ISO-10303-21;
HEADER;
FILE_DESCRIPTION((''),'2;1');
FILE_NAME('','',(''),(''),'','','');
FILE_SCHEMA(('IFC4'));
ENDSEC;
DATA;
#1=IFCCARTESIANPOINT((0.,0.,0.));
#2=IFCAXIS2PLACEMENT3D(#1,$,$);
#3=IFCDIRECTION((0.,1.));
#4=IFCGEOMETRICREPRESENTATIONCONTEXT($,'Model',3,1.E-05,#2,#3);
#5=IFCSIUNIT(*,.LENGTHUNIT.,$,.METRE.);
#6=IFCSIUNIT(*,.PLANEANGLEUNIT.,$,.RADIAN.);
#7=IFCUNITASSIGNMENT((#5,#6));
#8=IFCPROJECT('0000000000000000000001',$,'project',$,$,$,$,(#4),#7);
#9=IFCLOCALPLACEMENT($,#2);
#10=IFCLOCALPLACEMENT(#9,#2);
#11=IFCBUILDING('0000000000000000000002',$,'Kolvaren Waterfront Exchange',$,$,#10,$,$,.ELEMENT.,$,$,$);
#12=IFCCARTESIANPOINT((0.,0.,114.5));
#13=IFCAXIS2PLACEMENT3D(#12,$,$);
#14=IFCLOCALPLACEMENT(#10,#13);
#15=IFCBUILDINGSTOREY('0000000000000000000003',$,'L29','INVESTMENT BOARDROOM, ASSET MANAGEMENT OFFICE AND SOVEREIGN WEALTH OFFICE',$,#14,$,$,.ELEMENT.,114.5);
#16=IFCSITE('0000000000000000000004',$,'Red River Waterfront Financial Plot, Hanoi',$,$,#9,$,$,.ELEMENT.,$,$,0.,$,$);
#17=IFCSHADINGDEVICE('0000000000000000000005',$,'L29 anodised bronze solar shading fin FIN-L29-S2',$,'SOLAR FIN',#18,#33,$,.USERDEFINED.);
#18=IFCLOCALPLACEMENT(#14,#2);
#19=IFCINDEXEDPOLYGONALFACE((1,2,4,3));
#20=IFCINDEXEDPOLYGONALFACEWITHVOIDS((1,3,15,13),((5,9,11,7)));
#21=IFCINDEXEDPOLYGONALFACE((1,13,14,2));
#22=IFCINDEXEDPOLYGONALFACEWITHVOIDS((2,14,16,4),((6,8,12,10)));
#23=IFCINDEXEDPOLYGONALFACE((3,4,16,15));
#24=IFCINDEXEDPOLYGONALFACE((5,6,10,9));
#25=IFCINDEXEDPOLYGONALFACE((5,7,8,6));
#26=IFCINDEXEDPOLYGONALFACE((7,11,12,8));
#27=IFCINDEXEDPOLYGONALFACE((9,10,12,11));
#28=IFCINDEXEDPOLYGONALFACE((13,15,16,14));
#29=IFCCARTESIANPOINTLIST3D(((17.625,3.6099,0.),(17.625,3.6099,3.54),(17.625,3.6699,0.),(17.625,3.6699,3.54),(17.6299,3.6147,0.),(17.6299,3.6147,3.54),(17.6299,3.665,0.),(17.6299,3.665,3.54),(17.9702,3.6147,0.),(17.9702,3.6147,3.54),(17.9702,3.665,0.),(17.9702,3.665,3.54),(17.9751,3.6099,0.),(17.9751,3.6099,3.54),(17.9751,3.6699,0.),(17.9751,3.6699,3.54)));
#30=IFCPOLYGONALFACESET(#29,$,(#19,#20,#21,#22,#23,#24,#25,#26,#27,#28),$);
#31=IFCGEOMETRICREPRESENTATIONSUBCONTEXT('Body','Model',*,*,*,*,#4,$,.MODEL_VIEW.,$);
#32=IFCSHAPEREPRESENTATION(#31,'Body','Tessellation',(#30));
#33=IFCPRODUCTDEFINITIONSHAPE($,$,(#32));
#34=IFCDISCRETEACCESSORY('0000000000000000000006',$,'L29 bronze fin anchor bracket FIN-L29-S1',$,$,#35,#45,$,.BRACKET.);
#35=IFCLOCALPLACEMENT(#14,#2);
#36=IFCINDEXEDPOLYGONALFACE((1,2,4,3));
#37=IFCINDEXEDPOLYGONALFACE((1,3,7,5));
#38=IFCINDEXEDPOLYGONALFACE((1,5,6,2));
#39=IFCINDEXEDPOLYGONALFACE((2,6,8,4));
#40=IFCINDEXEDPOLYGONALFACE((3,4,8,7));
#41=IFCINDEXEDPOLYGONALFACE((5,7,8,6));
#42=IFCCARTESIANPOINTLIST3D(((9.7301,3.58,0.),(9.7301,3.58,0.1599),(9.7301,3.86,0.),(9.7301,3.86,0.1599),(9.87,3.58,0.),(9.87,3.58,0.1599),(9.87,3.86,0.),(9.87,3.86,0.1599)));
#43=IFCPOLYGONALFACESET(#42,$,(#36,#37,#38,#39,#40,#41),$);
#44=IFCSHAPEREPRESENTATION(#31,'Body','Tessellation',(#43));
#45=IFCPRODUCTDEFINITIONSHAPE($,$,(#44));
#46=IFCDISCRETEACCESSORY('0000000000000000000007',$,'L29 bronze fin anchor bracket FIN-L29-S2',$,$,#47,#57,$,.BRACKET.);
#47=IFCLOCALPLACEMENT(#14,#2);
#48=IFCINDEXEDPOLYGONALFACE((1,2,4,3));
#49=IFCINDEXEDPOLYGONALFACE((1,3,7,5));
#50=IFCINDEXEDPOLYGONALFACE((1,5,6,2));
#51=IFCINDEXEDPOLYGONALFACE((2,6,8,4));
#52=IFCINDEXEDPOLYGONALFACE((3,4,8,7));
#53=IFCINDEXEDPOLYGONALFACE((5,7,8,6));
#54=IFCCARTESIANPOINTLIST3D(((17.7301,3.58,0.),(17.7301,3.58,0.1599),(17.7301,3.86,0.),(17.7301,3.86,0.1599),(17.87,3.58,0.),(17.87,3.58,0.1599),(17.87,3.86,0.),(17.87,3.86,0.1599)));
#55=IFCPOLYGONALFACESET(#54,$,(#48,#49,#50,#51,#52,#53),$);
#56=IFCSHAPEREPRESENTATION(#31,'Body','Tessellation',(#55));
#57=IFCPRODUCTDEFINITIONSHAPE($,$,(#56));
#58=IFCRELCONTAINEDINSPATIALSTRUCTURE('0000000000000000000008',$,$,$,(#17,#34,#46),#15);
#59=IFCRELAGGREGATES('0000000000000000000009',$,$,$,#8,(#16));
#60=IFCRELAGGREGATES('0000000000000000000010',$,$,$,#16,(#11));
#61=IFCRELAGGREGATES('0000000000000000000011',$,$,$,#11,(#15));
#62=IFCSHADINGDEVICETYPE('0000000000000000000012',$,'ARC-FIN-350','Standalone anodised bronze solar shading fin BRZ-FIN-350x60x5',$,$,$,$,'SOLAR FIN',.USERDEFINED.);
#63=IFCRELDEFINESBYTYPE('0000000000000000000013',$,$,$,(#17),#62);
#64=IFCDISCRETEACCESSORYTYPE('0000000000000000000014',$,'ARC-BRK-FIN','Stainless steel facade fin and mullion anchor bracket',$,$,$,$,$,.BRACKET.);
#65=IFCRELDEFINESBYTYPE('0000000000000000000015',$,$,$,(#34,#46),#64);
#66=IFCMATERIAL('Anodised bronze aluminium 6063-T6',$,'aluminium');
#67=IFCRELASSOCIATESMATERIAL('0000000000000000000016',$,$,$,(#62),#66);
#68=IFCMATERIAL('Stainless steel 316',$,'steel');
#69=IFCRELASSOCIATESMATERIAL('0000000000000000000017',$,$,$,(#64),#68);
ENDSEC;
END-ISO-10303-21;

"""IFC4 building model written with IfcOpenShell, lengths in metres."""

from ifc_helpers import new_model, si_unit, direction, frame, origin, origin_with_axes, origin_2d, place, context, subcontext, project, spatial, rectangle, hollow_rectangle, extrude, source, transform, mapped, material, material_profile, profile_set, type_object, element, save


model = new_model("IFC4")

# Units and contexts
model_context = context("Model", 3, precision=1e-05, world=origin(), true_north=direction((0.0, 1.0)))
body_context = subcontext(model_context, "Body", "Model", "MODEL_VIEW")
ifc_project = project(units=[si_unit("LENGTHUNIT", "METRE"), si_unit("PLANEANGLEUNIT", "RADIAN")], contexts=[model_context])

# Site, building, storey
site_placement = place(None, origin())
site = spatial("IfcSite", under=ifc_project, at=site_placement, Name="Red River Waterfront Financial Plot, Hanoi", CompositionType="ELEMENT", RefElevation=0.0)
building_placement = place(site_placement, origin())
building = spatial("IfcBuilding", under=site, at=building_placement, Name="Kolvaren Waterfront Exchange", CompositionType="ELEMENT")
storey_placement = place(building_placement, frame((0.0, 0.0, 114.5)))
storey = spatial("IfcBuildingStorey", under=building, at=storey_placement, Name="L29", Description="INVESTMENT BOARDROOM, ASSET MANAGEMENT OFFICE AND SOVEREIGN WEALTH OFFICE", CompositionType="ELEMENT", Elevation=114.5)

# Shared definitions
ifc_material_1 = material(Name="Anodised bronze aluminium 6063-T6", Category="aluminium")

# Shading device
ifc_material_profile_1 = material_profile(ifc_material_1, hollow_rectangle(XDim=0.0601, YDim=0.3501, WallThickness=0.0049, at=origin_2d()), Name="BRZ-FIN-350x60x5")
ifc_profile_set_1 = profile_set([ifc_material_profile_1], Name="Anodised bronze aluminium 6063-T6")
shading_device_type = type_object("IfcShadingDeviceType", Name="ARC-FIN-350", Description="Standalone anodised bronze solar shading fin BRZ-FIN-350x60x5", ElementType="SOLAR FIN", PredefinedType="USERDEFINED", material=ifc_profile_set_1)
for number, where, z_axis, x_axis, name in (
    (1, (17.8, 3.6399, 0.0), (0.0, 0.0, 1.0), (0.0, -1.0, 0.0), "L29 anodised bronze solar shading fin FIN-L29-S2"),
):
    element("IfcShadingDevice", number, at=place(storey_placement, frame(where, z_axis=z_axis, x_axis=x_axis)), inside=storey, type_object=shading_device_type, Name=name, ObjectType="SOLAR FIN", PredefinedType="USERDEFINED", context=body_context, shape_type="SweptSolid", body=[
        extrude(hollow_rectangle(XDim=0.0601, YDim=0.3501, WallThickness=0.0049, at=origin_2d()), origin(), (0.0, 0.0, 1.0), 3.54),
    ])

# Discrete accessories
ifc_material_2 = material(Name="Stainless steel 316", Category="steel")
discrete_accessory_type = type_object("IfcDiscreteAccessoryType", Name="ARC-BRK-FIN", Description="Stainless steel facade fin and mullion anchor bracket", PredefinedType="BRACKET", material=ifc_material_2)
shared_shape_1 = source(origin_with_axes(), body_context, "Body", "SweptSolid", [
    extrude(rectangle(XDim=0.28, YDim=0.1399, at=origin_2d()), origin(), (0.0, 0.0, 1.0), 0.1599),
])
for number, where, z_axis, x_axis, name in (
    (2, (9.8, 3.72, 0.0), (0.0, 0.0, 1.0), (0.0, -1.0, 0.0), "L29 bronze fin anchor bracket FIN-L29-S1"),
    (3, (17.8, 3.72, 0.0), (0.0, 0.0, 1.0), (0.0, -1.0, 0.0), "L29 bronze fin anchor bracket FIN-L29-S2"),
):
    element("IfcDiscreteAccessory", number, at=place(storey_placement, frame(where, z_axis=z_axis, x_axis=x_axis)), inside=storey, type_object=discrete_accessory_type, Name=name, PredefinedType="BRACKET", context=body_context, shape_type="MappedRepresentation", body=[
        mapped(shared_shape_1, transform((0.0, 0.0, 0.0), x_axis=(1.0, 0.0, 0.0), y_axis=(0.0, 1.0, 0.0), z_axis=(0.0, 0.0, 1.0), scale=1.0)),
    ])

save(model, "model.ifc")
